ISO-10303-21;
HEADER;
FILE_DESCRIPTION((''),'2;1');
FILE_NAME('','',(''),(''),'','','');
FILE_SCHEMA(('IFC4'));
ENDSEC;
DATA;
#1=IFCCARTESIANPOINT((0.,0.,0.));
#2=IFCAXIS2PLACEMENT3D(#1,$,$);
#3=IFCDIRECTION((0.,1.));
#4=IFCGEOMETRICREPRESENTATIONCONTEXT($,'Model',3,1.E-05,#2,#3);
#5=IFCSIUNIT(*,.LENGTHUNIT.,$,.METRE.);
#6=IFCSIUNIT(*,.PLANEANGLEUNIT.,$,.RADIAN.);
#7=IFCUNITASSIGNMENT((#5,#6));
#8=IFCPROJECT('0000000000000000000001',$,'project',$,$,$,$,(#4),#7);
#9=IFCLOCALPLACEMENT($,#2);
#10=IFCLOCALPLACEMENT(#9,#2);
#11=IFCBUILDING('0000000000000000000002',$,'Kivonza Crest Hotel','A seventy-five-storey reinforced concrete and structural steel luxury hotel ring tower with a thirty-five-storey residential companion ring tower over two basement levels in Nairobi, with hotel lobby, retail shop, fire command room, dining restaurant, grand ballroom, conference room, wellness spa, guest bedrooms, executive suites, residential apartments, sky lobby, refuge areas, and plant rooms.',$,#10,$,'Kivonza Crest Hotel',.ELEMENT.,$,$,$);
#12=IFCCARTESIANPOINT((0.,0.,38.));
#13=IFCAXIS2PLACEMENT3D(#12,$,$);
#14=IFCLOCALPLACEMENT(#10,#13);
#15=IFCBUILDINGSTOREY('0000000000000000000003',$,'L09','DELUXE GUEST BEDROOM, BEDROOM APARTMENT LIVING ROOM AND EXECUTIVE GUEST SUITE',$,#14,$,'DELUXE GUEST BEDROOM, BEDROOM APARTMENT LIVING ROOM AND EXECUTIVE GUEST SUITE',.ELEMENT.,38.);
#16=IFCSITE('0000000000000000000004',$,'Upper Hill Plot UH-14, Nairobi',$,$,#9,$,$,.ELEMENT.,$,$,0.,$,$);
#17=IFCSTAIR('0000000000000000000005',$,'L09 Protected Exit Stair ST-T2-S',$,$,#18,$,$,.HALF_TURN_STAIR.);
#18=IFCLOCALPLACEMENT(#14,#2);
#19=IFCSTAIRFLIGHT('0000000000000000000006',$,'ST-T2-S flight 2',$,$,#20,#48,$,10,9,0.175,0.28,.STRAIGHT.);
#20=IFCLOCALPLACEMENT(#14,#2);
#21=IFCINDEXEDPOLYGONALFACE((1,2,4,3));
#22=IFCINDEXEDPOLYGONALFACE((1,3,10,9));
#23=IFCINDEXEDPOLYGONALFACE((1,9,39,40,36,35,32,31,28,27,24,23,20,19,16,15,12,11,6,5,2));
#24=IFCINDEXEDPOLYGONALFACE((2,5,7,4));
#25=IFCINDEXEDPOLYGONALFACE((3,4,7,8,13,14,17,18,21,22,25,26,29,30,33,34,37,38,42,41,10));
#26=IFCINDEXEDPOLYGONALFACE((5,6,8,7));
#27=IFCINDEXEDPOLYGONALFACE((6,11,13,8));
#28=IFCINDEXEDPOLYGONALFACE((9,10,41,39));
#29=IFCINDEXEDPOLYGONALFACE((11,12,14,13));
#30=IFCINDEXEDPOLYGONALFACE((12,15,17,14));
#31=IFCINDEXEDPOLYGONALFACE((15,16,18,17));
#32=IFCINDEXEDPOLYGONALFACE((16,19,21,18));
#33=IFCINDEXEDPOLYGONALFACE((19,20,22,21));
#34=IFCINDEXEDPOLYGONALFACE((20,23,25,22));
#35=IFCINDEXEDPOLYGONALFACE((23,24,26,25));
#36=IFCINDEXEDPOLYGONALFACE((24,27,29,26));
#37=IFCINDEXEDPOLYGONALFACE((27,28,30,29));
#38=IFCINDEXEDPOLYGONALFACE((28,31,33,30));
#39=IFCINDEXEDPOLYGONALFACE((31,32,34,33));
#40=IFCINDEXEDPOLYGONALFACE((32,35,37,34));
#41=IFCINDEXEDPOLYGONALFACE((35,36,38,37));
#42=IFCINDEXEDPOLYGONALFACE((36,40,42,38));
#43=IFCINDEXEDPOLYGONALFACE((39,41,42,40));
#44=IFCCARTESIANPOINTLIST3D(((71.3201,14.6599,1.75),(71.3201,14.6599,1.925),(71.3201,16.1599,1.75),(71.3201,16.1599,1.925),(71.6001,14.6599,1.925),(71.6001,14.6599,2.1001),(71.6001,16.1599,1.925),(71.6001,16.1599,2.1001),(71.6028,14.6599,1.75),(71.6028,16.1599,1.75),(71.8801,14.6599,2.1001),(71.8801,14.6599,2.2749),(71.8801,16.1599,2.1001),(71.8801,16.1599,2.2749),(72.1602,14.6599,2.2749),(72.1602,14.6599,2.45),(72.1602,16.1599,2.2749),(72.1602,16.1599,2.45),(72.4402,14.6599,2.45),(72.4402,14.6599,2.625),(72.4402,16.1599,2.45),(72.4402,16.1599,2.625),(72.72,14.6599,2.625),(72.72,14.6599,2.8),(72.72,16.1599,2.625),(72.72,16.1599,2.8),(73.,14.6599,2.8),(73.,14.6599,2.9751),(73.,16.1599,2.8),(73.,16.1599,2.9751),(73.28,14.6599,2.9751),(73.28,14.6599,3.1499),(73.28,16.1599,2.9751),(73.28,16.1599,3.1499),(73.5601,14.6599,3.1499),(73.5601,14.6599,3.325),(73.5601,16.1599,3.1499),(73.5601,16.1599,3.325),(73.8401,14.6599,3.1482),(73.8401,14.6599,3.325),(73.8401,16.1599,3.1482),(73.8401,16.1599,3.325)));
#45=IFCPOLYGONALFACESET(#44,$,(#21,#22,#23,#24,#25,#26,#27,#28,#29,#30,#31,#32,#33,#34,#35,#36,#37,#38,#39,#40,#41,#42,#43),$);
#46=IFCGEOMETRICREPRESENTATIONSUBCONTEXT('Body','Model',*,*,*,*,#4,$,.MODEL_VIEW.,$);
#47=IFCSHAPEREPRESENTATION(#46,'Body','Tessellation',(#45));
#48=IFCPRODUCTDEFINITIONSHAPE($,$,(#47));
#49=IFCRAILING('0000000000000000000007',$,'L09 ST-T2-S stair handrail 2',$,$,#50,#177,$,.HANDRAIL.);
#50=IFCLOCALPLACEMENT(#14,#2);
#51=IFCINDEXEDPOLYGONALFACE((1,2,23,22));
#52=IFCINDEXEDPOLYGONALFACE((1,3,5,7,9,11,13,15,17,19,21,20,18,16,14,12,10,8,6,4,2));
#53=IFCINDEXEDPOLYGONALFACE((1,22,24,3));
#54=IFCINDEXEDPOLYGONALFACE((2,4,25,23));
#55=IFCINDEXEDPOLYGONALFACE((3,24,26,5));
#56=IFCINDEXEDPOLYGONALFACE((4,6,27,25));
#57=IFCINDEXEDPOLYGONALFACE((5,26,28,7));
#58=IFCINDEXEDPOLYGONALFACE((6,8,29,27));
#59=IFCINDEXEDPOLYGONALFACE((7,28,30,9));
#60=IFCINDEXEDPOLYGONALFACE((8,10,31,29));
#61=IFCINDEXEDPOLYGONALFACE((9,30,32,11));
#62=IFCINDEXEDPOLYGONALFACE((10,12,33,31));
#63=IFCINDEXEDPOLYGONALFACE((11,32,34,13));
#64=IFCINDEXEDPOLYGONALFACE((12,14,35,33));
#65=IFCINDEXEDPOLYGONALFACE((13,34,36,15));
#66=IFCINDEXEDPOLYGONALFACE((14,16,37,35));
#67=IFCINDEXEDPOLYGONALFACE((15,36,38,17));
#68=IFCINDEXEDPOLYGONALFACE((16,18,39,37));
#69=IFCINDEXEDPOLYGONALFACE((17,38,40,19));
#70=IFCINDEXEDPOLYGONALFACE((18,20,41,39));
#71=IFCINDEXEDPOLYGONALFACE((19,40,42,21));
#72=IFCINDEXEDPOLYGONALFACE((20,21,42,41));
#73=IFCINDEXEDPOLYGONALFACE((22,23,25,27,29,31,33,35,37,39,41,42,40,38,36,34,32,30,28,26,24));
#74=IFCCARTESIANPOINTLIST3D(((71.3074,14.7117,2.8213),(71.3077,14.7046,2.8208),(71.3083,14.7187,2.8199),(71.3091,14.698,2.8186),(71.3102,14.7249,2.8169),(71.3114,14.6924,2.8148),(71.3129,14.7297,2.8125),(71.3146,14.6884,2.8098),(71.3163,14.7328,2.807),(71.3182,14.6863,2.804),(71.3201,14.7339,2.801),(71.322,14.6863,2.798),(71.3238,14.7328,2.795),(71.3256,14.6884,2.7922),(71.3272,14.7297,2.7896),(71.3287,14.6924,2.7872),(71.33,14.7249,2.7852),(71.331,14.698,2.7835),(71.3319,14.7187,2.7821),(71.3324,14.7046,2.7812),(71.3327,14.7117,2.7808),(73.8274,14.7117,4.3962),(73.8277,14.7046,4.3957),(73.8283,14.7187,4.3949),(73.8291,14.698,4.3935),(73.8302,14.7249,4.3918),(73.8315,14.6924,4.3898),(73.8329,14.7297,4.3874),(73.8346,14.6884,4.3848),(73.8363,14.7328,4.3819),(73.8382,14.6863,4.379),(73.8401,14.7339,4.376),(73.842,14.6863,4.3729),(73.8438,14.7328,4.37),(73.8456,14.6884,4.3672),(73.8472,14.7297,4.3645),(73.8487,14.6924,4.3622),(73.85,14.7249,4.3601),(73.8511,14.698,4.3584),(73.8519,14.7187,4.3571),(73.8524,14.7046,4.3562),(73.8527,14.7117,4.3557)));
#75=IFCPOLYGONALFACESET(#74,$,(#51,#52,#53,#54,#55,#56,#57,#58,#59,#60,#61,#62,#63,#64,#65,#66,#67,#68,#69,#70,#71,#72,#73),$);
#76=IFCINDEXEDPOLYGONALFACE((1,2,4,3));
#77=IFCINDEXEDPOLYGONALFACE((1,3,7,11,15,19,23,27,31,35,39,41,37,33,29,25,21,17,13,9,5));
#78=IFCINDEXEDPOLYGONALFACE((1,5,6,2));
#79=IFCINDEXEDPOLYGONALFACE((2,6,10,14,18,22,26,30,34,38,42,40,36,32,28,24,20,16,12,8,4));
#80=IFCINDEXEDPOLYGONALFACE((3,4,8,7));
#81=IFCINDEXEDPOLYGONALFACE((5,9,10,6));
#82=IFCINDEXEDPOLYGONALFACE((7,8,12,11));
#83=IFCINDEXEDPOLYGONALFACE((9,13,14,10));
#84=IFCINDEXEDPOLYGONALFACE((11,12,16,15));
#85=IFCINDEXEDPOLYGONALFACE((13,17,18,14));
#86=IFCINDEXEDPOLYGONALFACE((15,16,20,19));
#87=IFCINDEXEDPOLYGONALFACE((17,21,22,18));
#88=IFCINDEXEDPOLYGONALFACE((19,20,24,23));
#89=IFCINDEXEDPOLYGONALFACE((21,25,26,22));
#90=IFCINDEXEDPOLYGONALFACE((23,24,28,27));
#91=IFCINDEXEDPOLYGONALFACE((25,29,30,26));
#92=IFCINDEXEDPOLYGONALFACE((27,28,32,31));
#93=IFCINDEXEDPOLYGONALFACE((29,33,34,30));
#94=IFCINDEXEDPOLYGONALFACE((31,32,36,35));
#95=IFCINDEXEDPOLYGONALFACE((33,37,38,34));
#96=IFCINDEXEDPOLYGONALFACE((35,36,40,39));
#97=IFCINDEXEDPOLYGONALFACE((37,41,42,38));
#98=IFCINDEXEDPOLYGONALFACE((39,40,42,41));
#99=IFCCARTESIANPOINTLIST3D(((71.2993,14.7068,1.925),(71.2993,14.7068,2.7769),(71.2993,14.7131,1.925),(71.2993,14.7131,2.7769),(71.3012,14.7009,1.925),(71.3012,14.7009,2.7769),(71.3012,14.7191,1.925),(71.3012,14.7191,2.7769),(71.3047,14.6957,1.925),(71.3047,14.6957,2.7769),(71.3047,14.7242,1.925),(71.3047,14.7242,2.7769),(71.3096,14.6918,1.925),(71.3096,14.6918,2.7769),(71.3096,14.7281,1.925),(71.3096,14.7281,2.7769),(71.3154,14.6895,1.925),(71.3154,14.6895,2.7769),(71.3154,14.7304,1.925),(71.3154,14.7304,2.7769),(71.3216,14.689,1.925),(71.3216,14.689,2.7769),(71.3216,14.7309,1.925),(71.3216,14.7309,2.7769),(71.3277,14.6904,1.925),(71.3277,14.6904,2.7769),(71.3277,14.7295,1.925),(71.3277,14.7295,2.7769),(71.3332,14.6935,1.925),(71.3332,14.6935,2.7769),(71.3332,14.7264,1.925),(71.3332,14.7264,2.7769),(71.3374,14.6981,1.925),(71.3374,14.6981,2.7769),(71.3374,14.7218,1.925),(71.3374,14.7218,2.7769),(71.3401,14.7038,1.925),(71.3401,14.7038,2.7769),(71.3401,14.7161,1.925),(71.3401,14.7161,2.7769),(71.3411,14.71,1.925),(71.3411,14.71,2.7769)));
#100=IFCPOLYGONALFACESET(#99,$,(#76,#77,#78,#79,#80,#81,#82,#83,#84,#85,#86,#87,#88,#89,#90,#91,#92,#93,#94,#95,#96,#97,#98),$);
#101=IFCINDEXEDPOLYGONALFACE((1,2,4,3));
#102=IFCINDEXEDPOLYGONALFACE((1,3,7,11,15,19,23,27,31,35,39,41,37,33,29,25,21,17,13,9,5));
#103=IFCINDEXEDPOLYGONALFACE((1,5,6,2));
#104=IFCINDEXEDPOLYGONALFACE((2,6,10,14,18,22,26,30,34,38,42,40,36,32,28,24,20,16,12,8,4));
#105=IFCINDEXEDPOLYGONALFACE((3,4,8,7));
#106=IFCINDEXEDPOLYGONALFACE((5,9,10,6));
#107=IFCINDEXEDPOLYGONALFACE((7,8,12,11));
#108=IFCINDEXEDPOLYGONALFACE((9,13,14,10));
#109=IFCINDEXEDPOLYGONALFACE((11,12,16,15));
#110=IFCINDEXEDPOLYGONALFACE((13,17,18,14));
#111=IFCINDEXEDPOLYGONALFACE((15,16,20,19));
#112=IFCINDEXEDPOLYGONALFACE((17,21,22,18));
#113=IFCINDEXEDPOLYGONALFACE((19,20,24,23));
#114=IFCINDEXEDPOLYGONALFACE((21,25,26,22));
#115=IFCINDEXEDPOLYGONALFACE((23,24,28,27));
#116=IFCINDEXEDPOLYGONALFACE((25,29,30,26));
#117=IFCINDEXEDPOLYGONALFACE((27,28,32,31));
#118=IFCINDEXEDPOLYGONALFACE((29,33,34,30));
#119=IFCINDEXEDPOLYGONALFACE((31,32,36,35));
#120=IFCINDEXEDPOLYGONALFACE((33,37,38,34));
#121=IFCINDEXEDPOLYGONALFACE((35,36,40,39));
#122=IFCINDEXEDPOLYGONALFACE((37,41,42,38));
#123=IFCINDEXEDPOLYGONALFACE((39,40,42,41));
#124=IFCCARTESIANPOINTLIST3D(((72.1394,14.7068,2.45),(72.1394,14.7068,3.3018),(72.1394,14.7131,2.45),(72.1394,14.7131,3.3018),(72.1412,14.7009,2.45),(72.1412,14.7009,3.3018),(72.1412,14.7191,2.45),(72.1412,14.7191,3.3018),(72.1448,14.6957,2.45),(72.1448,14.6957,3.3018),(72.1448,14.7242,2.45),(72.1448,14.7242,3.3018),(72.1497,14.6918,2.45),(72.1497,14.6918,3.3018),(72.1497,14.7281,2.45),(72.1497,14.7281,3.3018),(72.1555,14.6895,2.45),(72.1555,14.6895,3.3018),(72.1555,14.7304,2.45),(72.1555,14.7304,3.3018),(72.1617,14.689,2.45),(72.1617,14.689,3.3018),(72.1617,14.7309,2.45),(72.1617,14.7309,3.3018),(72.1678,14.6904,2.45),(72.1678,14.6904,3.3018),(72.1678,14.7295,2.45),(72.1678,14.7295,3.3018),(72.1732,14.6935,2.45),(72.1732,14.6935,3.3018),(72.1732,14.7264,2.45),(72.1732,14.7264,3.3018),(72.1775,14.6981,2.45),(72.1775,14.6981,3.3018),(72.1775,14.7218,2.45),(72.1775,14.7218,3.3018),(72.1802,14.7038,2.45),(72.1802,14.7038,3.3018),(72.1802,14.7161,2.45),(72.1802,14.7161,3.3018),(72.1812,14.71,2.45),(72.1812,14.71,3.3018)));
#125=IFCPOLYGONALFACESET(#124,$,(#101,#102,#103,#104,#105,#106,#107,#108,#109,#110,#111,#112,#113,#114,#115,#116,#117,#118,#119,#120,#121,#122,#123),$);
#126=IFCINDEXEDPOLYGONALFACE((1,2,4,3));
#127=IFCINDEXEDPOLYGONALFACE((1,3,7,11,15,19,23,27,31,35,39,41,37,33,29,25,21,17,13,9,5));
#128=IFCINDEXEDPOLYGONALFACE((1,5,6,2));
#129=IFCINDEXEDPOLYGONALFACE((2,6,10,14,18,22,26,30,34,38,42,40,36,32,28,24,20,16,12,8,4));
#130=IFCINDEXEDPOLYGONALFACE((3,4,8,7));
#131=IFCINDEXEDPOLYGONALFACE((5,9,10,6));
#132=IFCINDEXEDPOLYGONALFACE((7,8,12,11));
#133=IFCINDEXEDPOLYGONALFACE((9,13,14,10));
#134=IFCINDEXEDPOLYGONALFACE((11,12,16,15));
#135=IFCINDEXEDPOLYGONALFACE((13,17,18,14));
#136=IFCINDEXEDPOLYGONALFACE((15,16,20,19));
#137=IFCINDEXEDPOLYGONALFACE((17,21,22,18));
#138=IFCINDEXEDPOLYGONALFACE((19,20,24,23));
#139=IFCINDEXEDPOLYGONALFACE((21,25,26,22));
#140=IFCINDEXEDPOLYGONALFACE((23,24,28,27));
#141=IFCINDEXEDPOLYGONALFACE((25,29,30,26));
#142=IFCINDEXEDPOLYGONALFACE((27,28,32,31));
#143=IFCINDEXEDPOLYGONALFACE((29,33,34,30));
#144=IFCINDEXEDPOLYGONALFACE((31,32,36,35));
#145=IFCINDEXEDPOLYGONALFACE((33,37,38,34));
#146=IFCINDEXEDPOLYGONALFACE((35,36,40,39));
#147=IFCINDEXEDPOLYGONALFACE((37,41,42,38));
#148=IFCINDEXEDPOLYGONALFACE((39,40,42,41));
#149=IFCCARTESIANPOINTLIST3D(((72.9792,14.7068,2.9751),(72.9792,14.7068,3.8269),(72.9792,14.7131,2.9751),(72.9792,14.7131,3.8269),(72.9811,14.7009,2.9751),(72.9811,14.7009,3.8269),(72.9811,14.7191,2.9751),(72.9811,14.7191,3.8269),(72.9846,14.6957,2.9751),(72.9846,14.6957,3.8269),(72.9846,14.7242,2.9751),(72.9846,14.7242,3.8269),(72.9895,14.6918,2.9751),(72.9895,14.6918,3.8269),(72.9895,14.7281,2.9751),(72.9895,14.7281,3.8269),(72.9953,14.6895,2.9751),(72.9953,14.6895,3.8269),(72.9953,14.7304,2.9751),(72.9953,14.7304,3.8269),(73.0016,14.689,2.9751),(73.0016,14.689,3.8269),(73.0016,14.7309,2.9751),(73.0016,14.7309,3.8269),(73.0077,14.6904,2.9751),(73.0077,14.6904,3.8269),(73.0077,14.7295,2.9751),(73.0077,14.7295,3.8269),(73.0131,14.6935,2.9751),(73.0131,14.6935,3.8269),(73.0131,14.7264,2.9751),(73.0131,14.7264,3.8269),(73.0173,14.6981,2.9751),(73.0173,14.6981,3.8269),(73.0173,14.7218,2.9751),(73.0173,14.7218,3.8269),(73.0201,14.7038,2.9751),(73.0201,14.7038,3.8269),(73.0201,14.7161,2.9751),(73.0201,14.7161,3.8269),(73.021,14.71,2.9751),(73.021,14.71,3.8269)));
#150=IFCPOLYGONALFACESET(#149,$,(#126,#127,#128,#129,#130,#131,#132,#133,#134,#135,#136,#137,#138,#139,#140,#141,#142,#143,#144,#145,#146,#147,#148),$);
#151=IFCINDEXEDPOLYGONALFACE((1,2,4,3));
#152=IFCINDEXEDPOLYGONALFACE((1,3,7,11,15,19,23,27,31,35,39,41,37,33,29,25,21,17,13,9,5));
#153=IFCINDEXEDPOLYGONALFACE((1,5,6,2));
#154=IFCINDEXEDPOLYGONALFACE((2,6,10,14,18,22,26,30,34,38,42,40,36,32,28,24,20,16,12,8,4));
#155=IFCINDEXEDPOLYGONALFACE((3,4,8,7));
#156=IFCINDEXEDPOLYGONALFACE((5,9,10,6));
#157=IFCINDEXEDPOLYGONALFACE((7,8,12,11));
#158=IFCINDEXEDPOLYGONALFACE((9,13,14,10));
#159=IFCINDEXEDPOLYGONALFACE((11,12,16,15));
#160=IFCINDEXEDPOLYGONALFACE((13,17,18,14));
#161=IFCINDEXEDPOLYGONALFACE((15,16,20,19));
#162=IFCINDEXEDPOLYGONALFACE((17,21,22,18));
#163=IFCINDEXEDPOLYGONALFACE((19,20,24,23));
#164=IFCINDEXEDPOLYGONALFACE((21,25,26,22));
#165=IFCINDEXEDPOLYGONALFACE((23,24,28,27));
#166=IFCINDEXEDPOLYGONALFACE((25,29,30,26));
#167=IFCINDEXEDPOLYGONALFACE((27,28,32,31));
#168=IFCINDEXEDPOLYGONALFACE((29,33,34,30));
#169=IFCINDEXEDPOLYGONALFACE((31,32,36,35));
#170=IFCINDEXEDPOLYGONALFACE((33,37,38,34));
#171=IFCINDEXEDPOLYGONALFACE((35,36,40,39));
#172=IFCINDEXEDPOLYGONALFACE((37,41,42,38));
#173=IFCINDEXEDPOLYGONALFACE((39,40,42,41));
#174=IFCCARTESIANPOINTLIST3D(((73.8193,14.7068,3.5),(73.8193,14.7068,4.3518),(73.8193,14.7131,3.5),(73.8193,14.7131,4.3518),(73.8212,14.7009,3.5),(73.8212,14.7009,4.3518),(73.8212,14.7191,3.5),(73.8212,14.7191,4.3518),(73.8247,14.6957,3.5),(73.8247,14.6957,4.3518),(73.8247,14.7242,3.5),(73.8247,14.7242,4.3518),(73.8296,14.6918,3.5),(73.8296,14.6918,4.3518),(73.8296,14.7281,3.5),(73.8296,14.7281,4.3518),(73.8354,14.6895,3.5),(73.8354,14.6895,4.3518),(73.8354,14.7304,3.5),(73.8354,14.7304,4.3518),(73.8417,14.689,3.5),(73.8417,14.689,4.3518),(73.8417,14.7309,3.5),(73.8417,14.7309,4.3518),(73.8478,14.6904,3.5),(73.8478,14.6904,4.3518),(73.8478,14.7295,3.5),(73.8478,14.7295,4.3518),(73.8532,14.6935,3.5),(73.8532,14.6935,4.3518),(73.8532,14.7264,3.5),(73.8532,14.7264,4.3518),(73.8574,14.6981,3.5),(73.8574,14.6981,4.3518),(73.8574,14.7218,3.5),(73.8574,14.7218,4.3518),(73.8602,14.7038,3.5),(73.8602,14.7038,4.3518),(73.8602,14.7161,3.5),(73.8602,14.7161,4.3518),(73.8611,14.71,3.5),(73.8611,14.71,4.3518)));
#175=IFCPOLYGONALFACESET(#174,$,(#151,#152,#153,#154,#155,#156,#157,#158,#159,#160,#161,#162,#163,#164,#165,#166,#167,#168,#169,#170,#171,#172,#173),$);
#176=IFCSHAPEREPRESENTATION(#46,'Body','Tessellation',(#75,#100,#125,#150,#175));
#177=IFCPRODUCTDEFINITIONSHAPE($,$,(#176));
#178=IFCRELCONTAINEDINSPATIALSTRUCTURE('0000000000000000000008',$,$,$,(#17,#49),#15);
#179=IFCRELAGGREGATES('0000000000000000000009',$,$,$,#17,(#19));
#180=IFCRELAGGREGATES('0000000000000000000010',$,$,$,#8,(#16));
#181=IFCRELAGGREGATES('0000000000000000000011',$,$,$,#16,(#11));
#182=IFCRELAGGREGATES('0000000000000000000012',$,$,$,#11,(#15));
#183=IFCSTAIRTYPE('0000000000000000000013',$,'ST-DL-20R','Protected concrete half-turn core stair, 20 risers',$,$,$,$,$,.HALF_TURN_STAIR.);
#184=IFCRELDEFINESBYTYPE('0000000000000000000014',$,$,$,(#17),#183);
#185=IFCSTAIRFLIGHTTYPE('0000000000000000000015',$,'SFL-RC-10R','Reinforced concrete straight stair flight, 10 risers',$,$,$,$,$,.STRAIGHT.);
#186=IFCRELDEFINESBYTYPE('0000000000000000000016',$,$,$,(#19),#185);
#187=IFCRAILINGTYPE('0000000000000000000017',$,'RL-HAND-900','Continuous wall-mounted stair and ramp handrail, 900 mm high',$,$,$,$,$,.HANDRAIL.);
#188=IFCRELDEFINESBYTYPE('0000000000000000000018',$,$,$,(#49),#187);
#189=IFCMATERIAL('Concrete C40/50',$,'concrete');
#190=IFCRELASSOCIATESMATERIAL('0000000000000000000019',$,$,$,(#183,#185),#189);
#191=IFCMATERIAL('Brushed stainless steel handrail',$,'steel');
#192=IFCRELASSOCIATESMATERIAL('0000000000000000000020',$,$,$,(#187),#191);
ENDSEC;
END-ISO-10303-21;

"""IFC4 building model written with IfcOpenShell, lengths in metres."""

from ifc_helpers import new_model, si_unit, direction, frame, origin, origin_2d, place, context, subcontext, project, spatial, polyline, circle, outline, extrude, material, type_object, element, aggregate, save


model = new_model("IFC4")

# Units and contexts
model_context = context("Model", 3, precision=1e-05, world=origin(), true_north=direction((0.0, 1.0)))
body_context = subcontext(model_context, "Body", "Model", "MODEL_VIEW")
ifc_project = project(units=[si_unit("LENGTHUNIT", "METRE"), si_unit("PLANEANGLEUNIT", "RADIAN")], contexts=[model_context])

# Site, building, storey
site_placement = place(None, origin())
site = spatial("IfcSite", under=ifc_project, at=site_placement, Name="Upper Hill Plot UH-14, Nairobi", CompositionType="ELEMENT", RefElevation=0.0)
building_placement = place(site_placement, origin())
building = spatial("IfcBuilding", under=site, at=building_placement, Name="Kivonza Crest Hotel", Description="A seventy-five-storey reinforced concrete and structural steel luxury hotel ring tower with a thirty-five-storey residential companion ring tower over two basement levels in Nairobi, with hotel lobby, retail shop, fire command room, dining restaurant, grand ballroom, conference room, wellness spa, guest bedrooms, executive suites, residential apartments, sky lobby, refuge areas, and plant rooms.", LongName="Kivonza Crest Hotel", CompositionType="ELEMENT")
storey_placement = place(building_placement, frame((0.0, 0.0, 38.0)))
storey = spatial("IfcBuildingStorey", under=building, at=storey_placement, Name="L09", Description="DELUXE GUEST BEDROOM, BEDROOM APARTMENT LIVING ROOM AND EXECUTIVE GUEST SUITE", LongName="DELUXE GUEST BEDROOM, BEDROOM APARTMENT LIVING ROOM AND EXECUTIVE GUEST SUITE", CompositionType="ELEMENT", Elevation=38.0)

# Stair, stair flight
ifc_material_1 = material(Name="Concrete C40/50", Category="concrete")
stair_type = type_object("IfcStairType", Name="ST-DL-20R", Description="Protected concrete half-turn core stair, 20 risers", PredefinedType="HALF_TURN_STAIR", material=ifc_material_1)
stair_placement = place(storey_placement, origin())
stair = element("IfcStair", 1, at=stair_placement, inside=storey, type_object=stair_type, Name="L09 Protected Exit Stair ST-T2-S", PredefinedType="HALF_TURN_STAIR")
stair_flight_type = type_object("IfcStairFlightType", Name="SFL-RC-10R", Description="Reinforced concrete straight stair flight, 10 risers", PredefinedType="STRAIGHT", material=ifc_material_1)
stair_flight_placement = place(storey_placement, frame((71.3201, 15.4099, 1.75), z_axis=(0.0, 0.0, 1.0), x_axis=(1.0, 0.0, 0.0)))
stair_flight = element("IfcStairFlight", 2, at=stair_flight_placement, type_object=stair_flight_type, Name="ST-T2-S flight 2", NumberOfRisers=10, NumberOfTreads=9, PredefinedType="STRAIGHT", RiserHeight=0.175, TreadLength=0.28, context=body_context, shape_type="SweptSolid", body=[
    extrude(outline(polyline([(0.0, 0.0), (0.0, 0.175), (0.28, 0.175), (0.28, 0.3501), (0.5601, 0.3501), (0.5601, 0.5249), (0.8401, 0.5249), (0.8401, 0.7), (1.1201, 0.7), (1.1201, 0.875), (1.3999, 0.875), (1.3999, 1.05), (1.6799, 1.05), (1.6799, 1.2251), (1.96, 1.2251), (1.96, 1.3999), (2.24, 1.3999), (2.24, 1.575), (2.52, 1.575), (2.52, 1.75), (2.52, 1.3982), (0.2827, 0.0), (0.0, 0.0)])), frame((0.0, 0.75, 0.0), z_axis=(0.0, -1.0, 0.0), x_axis=(1.0, 0.0, 0.0)), (0.0, 0.0, 1.0), 1.5),
])
aggregate(stair, [stair_flight])

# Railing
ifc_material_2 = material(Name="Brushed stainless steel handrail", Category="steel")
railing_type_1 = type_object("IfcRailingType", Name="RL-HAND-900", Description="Continuous wall-mounted stair and ramp handrail, 900 mm high", PredefinedType="HANDRAIL", material=ifc_material_2)
railing_1_placement = place(storey_placement, frame((71.3201, 14.71, 1.925)))
element("IfcRailing", 3, at=railing_1_placement, inside=storey, type_object=railing_type_1, Name="L09 ST-T2-S stair handrail 2", PredefinedType="HANDRAIL", context=body_context, shape_type="SweptSolid", body=[
    extrude(circle(Radius=0.0239, at=origin_2d()), frame((0.0, 0.0, 0.876), z_axis=(0.848008, 0.0, 0.529984), x_axis=(0.0, 1.0, 0.0)), (0.0, 0.0, 1.0), 2.9717),
    extrude(circle(Radius=0.021, at=origin_2d()), origin(), (0.0, 0.0, 1.0), 0.8518),
    extrude(circle(Radius=0.021, at=origin_2d()), frame((0.8401, 0.0, 0.5249)), (0.0, 0.0, 1.0), 0.8518),
    extrude(circle(Radius=0.021, at=origin_2d()), frame((1.6799, 0.0, 1.05)), (0.0, 0.0, 1.0), 0.8518),
    extrude(circle(Radius=0.021, at=origin_2d()), frame((2.52, 0.0, 1.575)), (0.0, 0.0, 1.0), 0.8518),
])

save(model, "model.ifc")
